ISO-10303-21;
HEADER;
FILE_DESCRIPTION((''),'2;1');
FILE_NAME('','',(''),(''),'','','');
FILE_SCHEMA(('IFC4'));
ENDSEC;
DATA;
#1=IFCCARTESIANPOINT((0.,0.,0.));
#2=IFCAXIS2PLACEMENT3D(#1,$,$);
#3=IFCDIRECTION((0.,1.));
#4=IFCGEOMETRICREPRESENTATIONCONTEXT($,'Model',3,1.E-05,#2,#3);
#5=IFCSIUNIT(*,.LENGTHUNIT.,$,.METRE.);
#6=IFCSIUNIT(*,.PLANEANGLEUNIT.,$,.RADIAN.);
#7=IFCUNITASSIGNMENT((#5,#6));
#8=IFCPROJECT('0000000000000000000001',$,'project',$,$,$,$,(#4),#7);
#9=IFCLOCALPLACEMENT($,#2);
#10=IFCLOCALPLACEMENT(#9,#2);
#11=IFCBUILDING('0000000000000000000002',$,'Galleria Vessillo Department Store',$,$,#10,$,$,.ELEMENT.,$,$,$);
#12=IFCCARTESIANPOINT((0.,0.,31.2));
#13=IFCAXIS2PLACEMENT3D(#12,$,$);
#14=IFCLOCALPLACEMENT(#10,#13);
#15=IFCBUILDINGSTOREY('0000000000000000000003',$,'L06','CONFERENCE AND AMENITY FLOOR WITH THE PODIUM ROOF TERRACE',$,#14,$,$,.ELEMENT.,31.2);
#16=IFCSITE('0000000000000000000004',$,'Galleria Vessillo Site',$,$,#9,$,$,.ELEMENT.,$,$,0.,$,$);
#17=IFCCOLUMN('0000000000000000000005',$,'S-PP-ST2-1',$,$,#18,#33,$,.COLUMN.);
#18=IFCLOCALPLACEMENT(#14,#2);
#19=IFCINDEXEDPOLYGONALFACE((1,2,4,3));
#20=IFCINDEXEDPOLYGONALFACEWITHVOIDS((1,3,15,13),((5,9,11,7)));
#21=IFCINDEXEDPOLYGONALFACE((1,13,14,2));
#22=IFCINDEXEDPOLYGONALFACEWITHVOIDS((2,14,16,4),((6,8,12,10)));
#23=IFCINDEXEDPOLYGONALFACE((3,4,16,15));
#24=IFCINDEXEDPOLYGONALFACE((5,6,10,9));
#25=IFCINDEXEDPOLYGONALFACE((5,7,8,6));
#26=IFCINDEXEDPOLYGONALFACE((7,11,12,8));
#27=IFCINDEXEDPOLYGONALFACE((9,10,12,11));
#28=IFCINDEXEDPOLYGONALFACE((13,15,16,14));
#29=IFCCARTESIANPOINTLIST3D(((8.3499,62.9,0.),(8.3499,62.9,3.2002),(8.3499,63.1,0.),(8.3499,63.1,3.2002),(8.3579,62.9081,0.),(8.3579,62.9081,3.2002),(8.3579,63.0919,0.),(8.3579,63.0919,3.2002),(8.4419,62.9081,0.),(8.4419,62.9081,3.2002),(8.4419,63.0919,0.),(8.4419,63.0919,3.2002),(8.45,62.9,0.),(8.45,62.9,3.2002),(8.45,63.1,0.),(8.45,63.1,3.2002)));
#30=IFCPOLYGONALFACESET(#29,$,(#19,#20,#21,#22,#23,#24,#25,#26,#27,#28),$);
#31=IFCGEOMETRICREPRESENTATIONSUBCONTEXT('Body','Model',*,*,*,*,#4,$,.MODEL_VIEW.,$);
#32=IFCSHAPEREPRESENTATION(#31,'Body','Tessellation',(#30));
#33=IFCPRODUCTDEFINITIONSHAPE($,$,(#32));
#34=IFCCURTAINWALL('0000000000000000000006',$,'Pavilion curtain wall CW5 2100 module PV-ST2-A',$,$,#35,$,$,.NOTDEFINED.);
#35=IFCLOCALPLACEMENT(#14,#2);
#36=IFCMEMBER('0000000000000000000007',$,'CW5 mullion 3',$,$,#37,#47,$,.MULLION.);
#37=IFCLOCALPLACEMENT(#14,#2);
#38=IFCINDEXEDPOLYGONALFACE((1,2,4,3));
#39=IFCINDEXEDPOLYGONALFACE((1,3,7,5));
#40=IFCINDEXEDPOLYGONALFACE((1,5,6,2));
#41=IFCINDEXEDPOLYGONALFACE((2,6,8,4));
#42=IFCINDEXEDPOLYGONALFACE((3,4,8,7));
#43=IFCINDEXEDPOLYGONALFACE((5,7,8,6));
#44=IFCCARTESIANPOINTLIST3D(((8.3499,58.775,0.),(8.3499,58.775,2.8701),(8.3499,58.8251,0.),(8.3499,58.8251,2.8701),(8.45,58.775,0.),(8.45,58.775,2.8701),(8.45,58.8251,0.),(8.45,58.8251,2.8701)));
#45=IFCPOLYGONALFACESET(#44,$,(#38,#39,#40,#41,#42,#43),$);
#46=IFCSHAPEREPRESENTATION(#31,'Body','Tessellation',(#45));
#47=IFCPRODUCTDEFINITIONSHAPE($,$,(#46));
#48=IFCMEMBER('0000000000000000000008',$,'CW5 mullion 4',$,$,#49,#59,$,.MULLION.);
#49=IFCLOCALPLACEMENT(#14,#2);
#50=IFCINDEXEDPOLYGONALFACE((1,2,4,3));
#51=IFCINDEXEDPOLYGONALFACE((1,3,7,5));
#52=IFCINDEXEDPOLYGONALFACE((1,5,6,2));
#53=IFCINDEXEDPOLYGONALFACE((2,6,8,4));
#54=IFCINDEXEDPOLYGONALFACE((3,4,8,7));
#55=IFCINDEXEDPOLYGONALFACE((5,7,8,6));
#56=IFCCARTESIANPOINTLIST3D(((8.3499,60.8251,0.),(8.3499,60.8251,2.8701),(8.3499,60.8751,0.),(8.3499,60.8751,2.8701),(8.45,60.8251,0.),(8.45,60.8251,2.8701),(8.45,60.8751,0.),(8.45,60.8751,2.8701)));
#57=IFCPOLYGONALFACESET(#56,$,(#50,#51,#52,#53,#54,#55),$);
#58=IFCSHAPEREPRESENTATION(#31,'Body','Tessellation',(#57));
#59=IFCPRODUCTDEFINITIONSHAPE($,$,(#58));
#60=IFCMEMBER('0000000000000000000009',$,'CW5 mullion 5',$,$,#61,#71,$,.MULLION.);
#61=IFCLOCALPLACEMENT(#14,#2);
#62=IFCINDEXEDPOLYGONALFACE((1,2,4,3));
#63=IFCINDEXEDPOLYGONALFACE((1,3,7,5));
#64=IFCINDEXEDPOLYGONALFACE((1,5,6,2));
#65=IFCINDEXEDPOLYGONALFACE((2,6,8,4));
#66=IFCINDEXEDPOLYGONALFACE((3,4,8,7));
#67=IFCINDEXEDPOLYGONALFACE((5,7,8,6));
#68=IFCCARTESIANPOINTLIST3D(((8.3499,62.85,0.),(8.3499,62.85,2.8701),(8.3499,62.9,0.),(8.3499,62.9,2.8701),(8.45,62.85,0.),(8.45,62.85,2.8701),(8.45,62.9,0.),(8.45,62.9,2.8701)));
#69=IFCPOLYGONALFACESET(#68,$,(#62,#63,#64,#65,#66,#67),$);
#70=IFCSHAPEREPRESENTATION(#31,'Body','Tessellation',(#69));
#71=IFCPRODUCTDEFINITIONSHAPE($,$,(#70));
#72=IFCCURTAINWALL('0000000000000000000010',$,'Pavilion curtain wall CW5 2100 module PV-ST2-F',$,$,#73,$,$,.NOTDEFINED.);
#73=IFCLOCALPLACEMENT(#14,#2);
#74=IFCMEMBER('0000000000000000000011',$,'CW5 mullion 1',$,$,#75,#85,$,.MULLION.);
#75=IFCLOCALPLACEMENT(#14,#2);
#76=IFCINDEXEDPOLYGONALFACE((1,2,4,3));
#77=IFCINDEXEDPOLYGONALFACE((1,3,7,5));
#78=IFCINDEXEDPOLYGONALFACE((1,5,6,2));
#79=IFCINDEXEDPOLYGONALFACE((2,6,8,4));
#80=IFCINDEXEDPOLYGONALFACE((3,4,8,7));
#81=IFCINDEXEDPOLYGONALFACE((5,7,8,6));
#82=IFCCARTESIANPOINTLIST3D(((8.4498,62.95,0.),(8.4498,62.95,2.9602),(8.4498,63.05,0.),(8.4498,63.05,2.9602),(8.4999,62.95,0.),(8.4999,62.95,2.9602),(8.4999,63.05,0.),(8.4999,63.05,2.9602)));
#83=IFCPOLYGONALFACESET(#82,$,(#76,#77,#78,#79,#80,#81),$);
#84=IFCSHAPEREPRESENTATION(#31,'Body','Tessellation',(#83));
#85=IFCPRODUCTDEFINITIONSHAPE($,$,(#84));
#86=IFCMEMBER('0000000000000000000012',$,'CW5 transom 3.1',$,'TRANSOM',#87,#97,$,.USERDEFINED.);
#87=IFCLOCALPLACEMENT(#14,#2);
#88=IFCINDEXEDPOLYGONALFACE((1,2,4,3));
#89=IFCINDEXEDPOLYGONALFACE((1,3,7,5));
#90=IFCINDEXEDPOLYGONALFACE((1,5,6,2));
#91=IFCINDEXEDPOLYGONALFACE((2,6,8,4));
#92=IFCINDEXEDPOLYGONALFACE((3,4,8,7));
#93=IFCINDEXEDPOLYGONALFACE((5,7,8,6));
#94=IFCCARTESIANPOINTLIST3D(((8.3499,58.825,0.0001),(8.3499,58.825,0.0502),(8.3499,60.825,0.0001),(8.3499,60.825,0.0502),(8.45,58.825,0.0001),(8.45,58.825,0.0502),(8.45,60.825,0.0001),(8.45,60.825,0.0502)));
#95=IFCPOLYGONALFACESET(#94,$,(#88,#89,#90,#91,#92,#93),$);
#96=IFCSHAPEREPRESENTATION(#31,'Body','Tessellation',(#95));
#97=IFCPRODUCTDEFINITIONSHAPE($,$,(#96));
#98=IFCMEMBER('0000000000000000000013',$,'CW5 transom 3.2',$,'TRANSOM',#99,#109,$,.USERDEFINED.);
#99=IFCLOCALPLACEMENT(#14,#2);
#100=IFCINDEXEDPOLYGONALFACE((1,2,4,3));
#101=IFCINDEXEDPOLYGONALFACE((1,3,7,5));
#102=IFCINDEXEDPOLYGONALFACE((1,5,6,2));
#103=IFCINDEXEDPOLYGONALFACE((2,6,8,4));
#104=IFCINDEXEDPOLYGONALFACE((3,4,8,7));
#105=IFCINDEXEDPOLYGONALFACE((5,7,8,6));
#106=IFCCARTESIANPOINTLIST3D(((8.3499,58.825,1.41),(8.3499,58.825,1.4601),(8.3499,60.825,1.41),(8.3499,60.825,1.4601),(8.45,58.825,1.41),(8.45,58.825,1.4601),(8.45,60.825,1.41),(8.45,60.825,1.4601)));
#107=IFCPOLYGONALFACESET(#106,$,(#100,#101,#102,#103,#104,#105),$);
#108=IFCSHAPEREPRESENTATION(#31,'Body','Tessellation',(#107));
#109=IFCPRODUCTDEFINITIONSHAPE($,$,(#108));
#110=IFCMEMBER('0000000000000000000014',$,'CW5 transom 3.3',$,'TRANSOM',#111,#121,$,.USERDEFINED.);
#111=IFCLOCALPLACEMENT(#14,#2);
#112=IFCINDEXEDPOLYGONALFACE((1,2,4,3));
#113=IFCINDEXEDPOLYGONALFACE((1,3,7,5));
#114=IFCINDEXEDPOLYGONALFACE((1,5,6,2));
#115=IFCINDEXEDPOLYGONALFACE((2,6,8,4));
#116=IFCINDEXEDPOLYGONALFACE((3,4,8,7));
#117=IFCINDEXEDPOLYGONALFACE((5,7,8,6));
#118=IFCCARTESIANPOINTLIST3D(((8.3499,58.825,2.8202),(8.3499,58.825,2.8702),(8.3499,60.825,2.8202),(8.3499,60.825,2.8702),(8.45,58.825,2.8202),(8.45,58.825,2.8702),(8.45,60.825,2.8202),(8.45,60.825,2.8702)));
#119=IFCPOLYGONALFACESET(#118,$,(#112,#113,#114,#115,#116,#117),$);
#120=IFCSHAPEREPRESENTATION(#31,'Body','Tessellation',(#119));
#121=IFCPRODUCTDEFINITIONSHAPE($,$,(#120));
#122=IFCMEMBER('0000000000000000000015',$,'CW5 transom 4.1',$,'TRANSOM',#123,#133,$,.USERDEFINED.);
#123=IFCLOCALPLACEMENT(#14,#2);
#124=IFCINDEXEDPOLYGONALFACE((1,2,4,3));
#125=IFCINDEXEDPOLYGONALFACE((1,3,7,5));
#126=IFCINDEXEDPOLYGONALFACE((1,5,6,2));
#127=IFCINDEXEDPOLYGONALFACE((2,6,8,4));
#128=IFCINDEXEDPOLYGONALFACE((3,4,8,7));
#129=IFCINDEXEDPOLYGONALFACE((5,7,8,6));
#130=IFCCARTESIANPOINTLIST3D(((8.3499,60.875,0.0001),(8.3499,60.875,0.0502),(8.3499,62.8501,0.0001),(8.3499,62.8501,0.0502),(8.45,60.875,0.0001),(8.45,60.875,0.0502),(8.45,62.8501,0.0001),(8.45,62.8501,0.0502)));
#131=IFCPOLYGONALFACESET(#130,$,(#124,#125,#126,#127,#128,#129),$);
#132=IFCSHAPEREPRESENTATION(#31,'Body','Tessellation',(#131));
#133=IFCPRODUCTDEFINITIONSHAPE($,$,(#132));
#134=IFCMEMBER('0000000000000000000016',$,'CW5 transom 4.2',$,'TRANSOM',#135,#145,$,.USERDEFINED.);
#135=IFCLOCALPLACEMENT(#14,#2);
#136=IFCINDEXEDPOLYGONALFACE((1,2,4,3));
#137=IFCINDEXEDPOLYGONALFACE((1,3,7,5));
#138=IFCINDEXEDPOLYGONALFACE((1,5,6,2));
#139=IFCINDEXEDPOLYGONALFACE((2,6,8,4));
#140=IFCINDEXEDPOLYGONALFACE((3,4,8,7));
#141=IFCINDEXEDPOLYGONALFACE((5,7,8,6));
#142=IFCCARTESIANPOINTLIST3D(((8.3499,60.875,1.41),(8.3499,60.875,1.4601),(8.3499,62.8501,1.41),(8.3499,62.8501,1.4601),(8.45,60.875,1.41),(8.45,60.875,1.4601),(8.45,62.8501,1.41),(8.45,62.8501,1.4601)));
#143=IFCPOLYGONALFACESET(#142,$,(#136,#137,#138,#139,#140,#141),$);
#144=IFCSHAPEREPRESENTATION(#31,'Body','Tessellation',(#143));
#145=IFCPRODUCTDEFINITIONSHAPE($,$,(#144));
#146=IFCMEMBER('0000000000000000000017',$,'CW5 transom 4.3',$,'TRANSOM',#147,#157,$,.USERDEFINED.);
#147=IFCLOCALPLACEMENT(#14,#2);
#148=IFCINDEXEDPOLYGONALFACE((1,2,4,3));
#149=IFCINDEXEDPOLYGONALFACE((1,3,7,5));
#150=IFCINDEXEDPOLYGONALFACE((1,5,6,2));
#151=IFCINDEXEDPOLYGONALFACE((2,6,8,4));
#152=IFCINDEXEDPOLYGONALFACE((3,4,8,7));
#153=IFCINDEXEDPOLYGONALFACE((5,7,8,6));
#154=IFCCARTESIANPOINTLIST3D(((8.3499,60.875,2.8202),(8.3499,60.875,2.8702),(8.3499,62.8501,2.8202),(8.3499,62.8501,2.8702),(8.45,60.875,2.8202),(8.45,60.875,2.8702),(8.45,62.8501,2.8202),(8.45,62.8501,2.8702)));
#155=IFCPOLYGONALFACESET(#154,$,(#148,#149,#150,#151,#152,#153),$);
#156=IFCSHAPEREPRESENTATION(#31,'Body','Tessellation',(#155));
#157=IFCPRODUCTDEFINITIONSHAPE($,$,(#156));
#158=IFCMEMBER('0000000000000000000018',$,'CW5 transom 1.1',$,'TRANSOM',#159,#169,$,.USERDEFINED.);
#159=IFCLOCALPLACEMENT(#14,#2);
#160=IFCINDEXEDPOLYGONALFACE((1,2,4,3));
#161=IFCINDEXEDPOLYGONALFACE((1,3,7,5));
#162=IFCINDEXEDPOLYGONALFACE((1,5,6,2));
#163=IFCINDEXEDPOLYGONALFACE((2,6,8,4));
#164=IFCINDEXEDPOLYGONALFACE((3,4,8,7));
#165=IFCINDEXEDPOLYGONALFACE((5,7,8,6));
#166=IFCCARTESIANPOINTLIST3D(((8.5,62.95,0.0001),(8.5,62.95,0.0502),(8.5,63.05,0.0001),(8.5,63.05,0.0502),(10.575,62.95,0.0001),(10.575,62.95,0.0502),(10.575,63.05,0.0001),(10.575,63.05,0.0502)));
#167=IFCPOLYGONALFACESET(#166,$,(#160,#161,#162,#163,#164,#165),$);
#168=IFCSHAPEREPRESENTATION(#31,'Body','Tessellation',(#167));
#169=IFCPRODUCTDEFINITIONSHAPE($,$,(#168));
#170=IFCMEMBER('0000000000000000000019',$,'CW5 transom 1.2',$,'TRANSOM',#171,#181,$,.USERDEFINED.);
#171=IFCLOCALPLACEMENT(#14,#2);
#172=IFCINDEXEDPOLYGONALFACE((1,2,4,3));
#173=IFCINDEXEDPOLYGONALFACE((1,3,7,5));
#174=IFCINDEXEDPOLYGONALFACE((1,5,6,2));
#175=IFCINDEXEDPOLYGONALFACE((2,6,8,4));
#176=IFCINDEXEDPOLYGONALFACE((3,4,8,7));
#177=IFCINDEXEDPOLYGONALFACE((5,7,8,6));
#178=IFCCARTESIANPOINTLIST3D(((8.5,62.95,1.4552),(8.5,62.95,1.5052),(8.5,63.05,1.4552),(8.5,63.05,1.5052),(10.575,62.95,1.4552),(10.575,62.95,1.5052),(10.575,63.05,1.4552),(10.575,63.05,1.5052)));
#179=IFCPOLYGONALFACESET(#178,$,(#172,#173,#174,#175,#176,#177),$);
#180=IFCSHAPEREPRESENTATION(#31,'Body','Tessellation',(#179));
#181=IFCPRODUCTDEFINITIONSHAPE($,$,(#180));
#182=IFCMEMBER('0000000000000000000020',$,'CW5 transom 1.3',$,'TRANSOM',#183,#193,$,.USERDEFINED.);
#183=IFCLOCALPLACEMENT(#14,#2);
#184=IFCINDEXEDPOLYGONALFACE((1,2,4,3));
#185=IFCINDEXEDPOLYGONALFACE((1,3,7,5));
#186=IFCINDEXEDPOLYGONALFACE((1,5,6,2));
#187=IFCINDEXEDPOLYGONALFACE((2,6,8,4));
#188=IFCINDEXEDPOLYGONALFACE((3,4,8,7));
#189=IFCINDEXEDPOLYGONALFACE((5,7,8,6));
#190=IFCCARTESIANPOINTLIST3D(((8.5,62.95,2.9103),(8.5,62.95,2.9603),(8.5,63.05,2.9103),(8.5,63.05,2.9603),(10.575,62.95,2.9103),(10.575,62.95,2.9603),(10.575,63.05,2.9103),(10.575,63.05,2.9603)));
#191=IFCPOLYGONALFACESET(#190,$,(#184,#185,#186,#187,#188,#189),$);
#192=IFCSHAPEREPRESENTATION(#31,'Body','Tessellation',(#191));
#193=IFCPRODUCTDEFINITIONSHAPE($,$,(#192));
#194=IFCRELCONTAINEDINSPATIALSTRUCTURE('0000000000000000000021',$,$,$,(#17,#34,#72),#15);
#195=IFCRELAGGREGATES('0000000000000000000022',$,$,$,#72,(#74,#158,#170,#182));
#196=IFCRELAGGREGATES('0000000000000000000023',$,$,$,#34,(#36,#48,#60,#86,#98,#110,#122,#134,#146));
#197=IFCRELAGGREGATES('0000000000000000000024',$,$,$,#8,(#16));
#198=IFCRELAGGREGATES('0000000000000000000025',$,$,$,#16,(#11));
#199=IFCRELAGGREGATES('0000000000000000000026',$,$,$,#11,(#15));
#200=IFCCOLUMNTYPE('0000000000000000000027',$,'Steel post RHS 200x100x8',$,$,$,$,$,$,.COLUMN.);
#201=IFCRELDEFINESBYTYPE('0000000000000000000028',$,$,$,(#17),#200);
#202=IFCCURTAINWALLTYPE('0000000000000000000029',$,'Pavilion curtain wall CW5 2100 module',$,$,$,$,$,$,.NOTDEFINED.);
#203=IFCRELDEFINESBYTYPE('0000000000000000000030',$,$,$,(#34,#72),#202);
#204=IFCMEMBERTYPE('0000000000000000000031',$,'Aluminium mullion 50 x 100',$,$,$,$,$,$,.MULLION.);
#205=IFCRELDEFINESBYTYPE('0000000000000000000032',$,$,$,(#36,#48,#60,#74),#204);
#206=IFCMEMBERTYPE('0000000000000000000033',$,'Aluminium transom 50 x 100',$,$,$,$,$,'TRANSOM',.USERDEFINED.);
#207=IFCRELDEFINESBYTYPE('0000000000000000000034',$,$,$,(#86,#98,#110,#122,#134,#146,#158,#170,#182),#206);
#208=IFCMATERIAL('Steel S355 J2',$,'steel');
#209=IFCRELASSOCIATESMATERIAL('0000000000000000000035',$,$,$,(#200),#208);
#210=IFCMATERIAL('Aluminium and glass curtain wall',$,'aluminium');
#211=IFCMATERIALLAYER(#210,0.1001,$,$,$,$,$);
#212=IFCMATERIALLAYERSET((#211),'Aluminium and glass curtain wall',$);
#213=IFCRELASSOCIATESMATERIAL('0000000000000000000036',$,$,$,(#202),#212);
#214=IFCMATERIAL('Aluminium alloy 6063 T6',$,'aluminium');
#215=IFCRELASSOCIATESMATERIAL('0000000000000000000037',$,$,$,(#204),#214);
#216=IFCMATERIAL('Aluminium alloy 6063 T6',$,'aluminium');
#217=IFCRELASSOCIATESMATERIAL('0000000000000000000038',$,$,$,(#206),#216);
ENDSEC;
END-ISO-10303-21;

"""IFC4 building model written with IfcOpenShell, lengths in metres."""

from ifc_helpers import new_model, si_unit, direction, frame, origin, origin_2d, place, context, subcontext, project, spatial, rectangle, hollow_rectangle, extrude, material, layer, layer_set, material_profile, profile_set, type_object, element, aggregate, save


model = new_model("IFC4")

# Units and contexts
model_context = context("Model", 3, precision=1e-05, world=origin(), true_north=direction((0.0, 1.0)))
body_context = subcontext(model_context, "Body", "Model", "MODEL_VIEW")
ifc_project = project(units=[si_unit("LENGTHUNIT", "METRE"), si_unit("PLANEANGLEUNIT", "RADIAN")], contexts=[model_context])

# Site, building, storey
site_placement = place(None, origin())
site = spatial("IfcSite", under=ifc_project, at=site_placement, Name="Galleria Vessillo Site", CompositionType="ELEMENT", RefElevation=0.0)
building_placement = place(site_placement, origin())
building = spatial("IfcBuilding", under=site, at=building_placement, Name="Galleria Vessillo Department Store", CompositionType="ELEMENT")
storey_placement = place(building_placement, frame((0.0, 0.0, 31.2)))
storey = spatial("IfcBuildingStorey", under=building, at=storey_placement, Name="L06", Description="CONFERENCE AND AMENITY FLOOR WITH THE PODIUM ROOF TERRACE", CompositionType="ELEMENT", Elevation=31.2)

# Column
ifc_material_1 = material(Name="Steel S355 J2", Category="steel")
ifc_material_profile_1 = material_profile(ifc_material_1, hollow_rectangle(XDim=0.1001, YDim=0.2, WallThickness=0.0081, at=origin_2d()), Name="RHS 200x100x8")
ifc_profile_set_1 = profile_set([ifc_material_profile_1], Name="Steel S355 J2")
column_type = type_object("IfcColumnType", Name="Steel post RHS 200x100x8", PredefinedType="COLUMN", material=ifc_profile_set_1)
column_placement = place(storey_placement, frame((8.3999, 63.0, 0.0), z_axis=(0.0, 0.0, 1.0), x_axis=(1.0, 0.0, 0.0)))
element("IfcColumn", 1, at=column_placement, inside=storey, type_object=column_type, Name="S-PP-ST2-1", PredefinedType="COLUMN", context=body_context, shape_type="SweptSolid", body=[
    extrude(hollow_rectangle(XDim=0.1001, YDim=0.2, WallThickness=0.0081, at=origin_2d()), origin(), (0.0, 0.0, 1.0), 3.2002),
])

# Curtain wall, members
ifc_material_2 = material(Name="Aluminium and glass curtain wall", Category="aluminium")
ifc_layer_1 = layer(ifc_material_2, 0.1001)
ifc_layer_set_1 = layer_set([ifc_layer_1], Name="Aluminium and glass curtain wall")
curtain_wall_type = type_object("IfcCurtainWallType", Name="Pavilion curtain wall CW5 2100 module", PredefinedType="NOTDEFINED", material=ifc_layer_set_1)
curtain_wall_1_placement = place(storey_placement, origin())
curtain_wall_1 = element("IfcCurtainWall", 2, at=curtain_wall_1_placement, inside=storey, type_object=curtain_wall_type, Name="Pavilion curtain wall CW5 2100 module PV-ST2-A", PredefinedType="NOTDEFINED")
ifc_material_3 = material(Name="Aluminium alloy 6063 T6", Category="aluminium")
ifc_material_profile_2 = material_profile(ifc_material_3, rectangle(XDim=0.1001, YDim=0.05, at=origin_2d()), Name="AL 50x100")
ifc_profile_set_2 = profile_set([ifc_material_profile_2], Name="Aluminium alloy 6063 T6")
member_type_1 = type_object("IfcMemberType", Name="Aluminium mullion 50 x 100", PredefinedType="MULLION", material=ifc_profile_set_2)
member_1_placement = place(storey_placement, frame((8.3999, 58.8, 0.0), z_axis=(0.0, 0.0, 1.0), x_axis=(-1.0, 0.0, 0.0)))
member_1 = element("IfcMember", 3, at=member_1_placement, type_object=member_type_1, Name="CW5 mullion 3", PredefinedType="MULLION", context=body_context, shape_type="SweptSolid", body=[
    extrude(rectangle(XDim=0.1001, YDim=0.05, at=origin_2d()), origin(), (0.0, 0.0, 1.0), 2.8701),
])
member_2_placement = place(storey_placement, frame((8.3999, 60.8501, 0.0), z_axis=(0.0, 0.0, 1.0), x_axis=(-1.0, 0.0, 0.0)))
member_2 = element("IfcMember", 4, at=member_2_placement, type_object=member_type_1, Name="CW5 mullion 4", PredefinedType="MULLION", context=body_context, shape_type="SweptSolid", body=[
    extrude(rectangle(XDim=0.1001, YDim=0.05, at=origin_2d()), origin(), (0.0, 0.0, 1.0), 2.8701),
])
member_3_placement = place(storey_placement, frame((8.3999, 62.875, 0.0), z_axis=(0.0, 0.0, 1.0), x_axis=(-1.0, 0.0, 0.0)))
member_3 = element("IfcMember", 5, at=member_3_placement, type_object=member_type_1, Name="CW5 mullion 5", PredefinedType="MULLION", context=body_context, shape_type="SweptSolid", body=[
    extrude(rectangle(XDim=0.1001, YDim=0.05, at=origin_2d()), origin(), (0.0, 0.0, 1.0), 2.8701),
])

# Curtain wall, member
curtain_wall_2_placement = place(storey_placement, origin())
curtain_wall_2 = element("IfcCurtainWall", 6, at=curtain_wall_2_placement, inside=storey, type_object=curtain_wall_type, Name="Pavilion curtain wall CW5 2100 module PV-ST2-F", PredefinedType="NOTDEFINED")
member_4_placement = place(storey_placement, frame((8.4749, 63.0, 0.0), z_axis=(0.0, 0.0, 1.0), x_axis=(0.0, 1.0, 0.0)))
member_4 = element("IfcMember", 7, at=member_4_placement, type_object=member_type_1, Name="CW5 mullion 1", PredefinedType="MULLION", context=body_context, shape_type="SweptSolid", body=[
    extrude(rectangle(XDim=0.1001, YDim=0.05, at=origin_2d()), origin(), (0.0, 0.0, 1.0), 2.9602),
])

# Members
ifc_material_4 = material(Name="Aluminium alloy 6063 T6", Category="aluminium")
ifc_material_profile_3 = material_profile(ifc_material_4, rectangle(XDim=0.1001, YDim=0.05, at=origin_2d()), Name="AL 50x100")
ifc_profile_set_3 = profile_set([ifc_material_profile_3], Name="Aluminium alloy 6063 T6")
member_type_2 = type_object("IfcMemberType", Name="Aluminium transom 50 x 100", ElementType="TRANSOM", PredefinedType="USERDEFINED", material=ifc_profile_set_3)
member_5_placement = place(storey_placement, frame((8.3999, 58.825, 0.0251), z_axis=(0.0, 1.0, 0.0), x_axis=(-1.0, 0.0, 0.0)))
member_5 = element("IfcMember", 8, at=member_5_placement, type_object=member_type_2, Name="CW5 transom 3.1", ObjectType="TRANSOM", PredefinedType="USERDEFINED", context=body_context, shape_type="SweptSolid", body=[
    extrude(rectangle(XDim=0.1001, YDim=0.05, at=origin_2d()), origin(), (0.0, 0.0, 1.0), 2.0),
])
member_6_placement = place(storey_placement, frame((8.3999, 58.825, 1.4351), z_axis=(0.0, 1.0, 0.0), x_axis=(-1.0, 0.0, 0.0)))
member_6 = element("IfcMember", 9, at=member_6_placement, type_object=member_type_2, Name="CW5 transom 3.2", ObjectType="TRANSOM", PredefinedType="USERDEFINED", context=body_context, shape_type="SweptSolid", body=[
    extrude(rectangle(XDim=0.1001, YDim=0.05, at=origin_2d()), origin(), (0.0, 0.0, 1.0), 2.0),
])
member_7_placement = place(storey_placement, frame((8.3999, 58.825, 2.8452), z_axis=(0.0, 1.0, 0.0), x_axis=(-1.0, 0.0, 0.0)))
member_7 = element("IfcMember", 10, at=member_7_placement, type_object=member_type_2, Name="CW5 transom 3.3", ObjectType="TRANSOM", PredefinedType="USERDEFINED", context=body_context, shape_type="SweptSolid", body=[
    extrude(rectangle(XDim=0.1001, YDim=0.05, at=origin_2d()), origin(), (0.0, 0.0, 1.0), 2.0),
])
member_8_placement = place(storey_placement, frame((8.3999, 60.875, 0.0251), z_axis=(0.0, 1.0, 0.0), x_axis=(-1.0, 0.0, 0.0)))
member_8 = element("IfcMember", 11, at=member_8_placement, type_object=member_type_2, Name="CW5 transom 4.1", ObjectType="TRANSOM", PredefinedType="USERDEFINED", context=body_context, shape_type="SweptSolid", body=[
    extrude(rectangle(XDim=0.1001, YDim=0.05, at=origin_2d()), origin(), (0.0, 0.0, 1.0), 1.9751),
])
member_9_placement = place(storey_placement, frame((8.3999, 60.875, 1.4351), z_axis=(0.0, 1.0, 0.0), x_axis=(-1.0, 0.0, 0.0)))
member_9 = element("IfcMember", 12, at=member_9_placement, type_object=member_type_2, Name="CW5 transom 4.2", ObjectType="TRANSOM", PredefinedType="USERDEFINED", context=body_context, shape_type="SweptSolid", body=[
    extrude(rectangle(XDim=0.1001, YDim=0.05, at=origin_2d()), origin(), (0.0, 0.0, 1.0), 1.9751),
])
member_10_placement = place(storey_placement, frame((8.3999, 60.875, 2.8452), z_axis=(0.0, 1.0, 0.0), x_axis=(-1.0, 0.0, 0.0)))
member_10 = element("IfcMember", 13, at=member_10_placement, type_object=member_type_2, Name="CW5 transom 4.3", ObjectType="TRANSOM", PredefinedType="USERDEFINED", context=body_context, shape_type="SweptSolid", body=[
    extrude(rectangle(XDim=0.1001, YDim=0.05, at=origin_2d()), origin(), (0.0, 0.0, 1.0), 1.9751),
])
member_11_placement = place(storey_placement, frame((8.5, 63.0, 0.0251), z_axis=(1.0, 0.0, 0.0), x_axis=(0.0, 1.0, 0.0)))
member_11 = element("IfcMember", 14, at=member_11_placement, type_object=member_type_2, Name="CW5 transom 1.1", ObjectType="TRANSOM", PredefinedType="USERDEFINED", context=body_context, shape_type="SweptSolid", body=[
    extrude(rectangle(XDim=0.1001, YDim=0.05, at=origin_2d()), origin(), (0.0, 0.0, 1.0), 2.075),
])
member_12_placement = place(storey_placement, frame((8.5, 63.0, 1.4802), z_axis=(1.0, 0.0, 0.0), x_axis=(0.0, 1.0, 0.0)))
member_12 = element("IfcMember", 15, at=member_12_placement, type_object=member_type_2, Name="CW5 transom 1.2", ObjectType="TRANSOM", PredefinedType="USERDEFINED", context=body_context, shape_type="SweptSolid", body=[
    extrude(rectangle(XDim=0.1001, YDim=0.05, at=origin_2d()), origin(), (0.0, 0.0, 1.0), 2.075),
])
member_13_placement = place(storey_placement, frame((8.5, 63.0, 2.9353), z_axis=(1.0, 0.0, 0.0), x_axis=(0.0, 1.0, 0.0)))
member_13 = element("IfcMember", 16, at=member_13_placement, type_object=member_type_2, Name="CW5 transom 1.3", ObjectType="TRANSOM", PredefinedType="USERDEFINED", context=body_context, shape_type="SweptSolid", body=[
    extrude(rectangle(XDim=0.1001, YDim=0.05, at=origin_2d()), origin(), (0.0, 0.0, 1.0), 2.075),
])
aggregate(curtain_wall_2, [member_4, member_11, member_12, member_13])

aggregate(curtain_wall_1, [member_1, member_2, member_3, member_5, member_6, member_7, member_8, member_9, member_10])

save(model, "model.ifc")
